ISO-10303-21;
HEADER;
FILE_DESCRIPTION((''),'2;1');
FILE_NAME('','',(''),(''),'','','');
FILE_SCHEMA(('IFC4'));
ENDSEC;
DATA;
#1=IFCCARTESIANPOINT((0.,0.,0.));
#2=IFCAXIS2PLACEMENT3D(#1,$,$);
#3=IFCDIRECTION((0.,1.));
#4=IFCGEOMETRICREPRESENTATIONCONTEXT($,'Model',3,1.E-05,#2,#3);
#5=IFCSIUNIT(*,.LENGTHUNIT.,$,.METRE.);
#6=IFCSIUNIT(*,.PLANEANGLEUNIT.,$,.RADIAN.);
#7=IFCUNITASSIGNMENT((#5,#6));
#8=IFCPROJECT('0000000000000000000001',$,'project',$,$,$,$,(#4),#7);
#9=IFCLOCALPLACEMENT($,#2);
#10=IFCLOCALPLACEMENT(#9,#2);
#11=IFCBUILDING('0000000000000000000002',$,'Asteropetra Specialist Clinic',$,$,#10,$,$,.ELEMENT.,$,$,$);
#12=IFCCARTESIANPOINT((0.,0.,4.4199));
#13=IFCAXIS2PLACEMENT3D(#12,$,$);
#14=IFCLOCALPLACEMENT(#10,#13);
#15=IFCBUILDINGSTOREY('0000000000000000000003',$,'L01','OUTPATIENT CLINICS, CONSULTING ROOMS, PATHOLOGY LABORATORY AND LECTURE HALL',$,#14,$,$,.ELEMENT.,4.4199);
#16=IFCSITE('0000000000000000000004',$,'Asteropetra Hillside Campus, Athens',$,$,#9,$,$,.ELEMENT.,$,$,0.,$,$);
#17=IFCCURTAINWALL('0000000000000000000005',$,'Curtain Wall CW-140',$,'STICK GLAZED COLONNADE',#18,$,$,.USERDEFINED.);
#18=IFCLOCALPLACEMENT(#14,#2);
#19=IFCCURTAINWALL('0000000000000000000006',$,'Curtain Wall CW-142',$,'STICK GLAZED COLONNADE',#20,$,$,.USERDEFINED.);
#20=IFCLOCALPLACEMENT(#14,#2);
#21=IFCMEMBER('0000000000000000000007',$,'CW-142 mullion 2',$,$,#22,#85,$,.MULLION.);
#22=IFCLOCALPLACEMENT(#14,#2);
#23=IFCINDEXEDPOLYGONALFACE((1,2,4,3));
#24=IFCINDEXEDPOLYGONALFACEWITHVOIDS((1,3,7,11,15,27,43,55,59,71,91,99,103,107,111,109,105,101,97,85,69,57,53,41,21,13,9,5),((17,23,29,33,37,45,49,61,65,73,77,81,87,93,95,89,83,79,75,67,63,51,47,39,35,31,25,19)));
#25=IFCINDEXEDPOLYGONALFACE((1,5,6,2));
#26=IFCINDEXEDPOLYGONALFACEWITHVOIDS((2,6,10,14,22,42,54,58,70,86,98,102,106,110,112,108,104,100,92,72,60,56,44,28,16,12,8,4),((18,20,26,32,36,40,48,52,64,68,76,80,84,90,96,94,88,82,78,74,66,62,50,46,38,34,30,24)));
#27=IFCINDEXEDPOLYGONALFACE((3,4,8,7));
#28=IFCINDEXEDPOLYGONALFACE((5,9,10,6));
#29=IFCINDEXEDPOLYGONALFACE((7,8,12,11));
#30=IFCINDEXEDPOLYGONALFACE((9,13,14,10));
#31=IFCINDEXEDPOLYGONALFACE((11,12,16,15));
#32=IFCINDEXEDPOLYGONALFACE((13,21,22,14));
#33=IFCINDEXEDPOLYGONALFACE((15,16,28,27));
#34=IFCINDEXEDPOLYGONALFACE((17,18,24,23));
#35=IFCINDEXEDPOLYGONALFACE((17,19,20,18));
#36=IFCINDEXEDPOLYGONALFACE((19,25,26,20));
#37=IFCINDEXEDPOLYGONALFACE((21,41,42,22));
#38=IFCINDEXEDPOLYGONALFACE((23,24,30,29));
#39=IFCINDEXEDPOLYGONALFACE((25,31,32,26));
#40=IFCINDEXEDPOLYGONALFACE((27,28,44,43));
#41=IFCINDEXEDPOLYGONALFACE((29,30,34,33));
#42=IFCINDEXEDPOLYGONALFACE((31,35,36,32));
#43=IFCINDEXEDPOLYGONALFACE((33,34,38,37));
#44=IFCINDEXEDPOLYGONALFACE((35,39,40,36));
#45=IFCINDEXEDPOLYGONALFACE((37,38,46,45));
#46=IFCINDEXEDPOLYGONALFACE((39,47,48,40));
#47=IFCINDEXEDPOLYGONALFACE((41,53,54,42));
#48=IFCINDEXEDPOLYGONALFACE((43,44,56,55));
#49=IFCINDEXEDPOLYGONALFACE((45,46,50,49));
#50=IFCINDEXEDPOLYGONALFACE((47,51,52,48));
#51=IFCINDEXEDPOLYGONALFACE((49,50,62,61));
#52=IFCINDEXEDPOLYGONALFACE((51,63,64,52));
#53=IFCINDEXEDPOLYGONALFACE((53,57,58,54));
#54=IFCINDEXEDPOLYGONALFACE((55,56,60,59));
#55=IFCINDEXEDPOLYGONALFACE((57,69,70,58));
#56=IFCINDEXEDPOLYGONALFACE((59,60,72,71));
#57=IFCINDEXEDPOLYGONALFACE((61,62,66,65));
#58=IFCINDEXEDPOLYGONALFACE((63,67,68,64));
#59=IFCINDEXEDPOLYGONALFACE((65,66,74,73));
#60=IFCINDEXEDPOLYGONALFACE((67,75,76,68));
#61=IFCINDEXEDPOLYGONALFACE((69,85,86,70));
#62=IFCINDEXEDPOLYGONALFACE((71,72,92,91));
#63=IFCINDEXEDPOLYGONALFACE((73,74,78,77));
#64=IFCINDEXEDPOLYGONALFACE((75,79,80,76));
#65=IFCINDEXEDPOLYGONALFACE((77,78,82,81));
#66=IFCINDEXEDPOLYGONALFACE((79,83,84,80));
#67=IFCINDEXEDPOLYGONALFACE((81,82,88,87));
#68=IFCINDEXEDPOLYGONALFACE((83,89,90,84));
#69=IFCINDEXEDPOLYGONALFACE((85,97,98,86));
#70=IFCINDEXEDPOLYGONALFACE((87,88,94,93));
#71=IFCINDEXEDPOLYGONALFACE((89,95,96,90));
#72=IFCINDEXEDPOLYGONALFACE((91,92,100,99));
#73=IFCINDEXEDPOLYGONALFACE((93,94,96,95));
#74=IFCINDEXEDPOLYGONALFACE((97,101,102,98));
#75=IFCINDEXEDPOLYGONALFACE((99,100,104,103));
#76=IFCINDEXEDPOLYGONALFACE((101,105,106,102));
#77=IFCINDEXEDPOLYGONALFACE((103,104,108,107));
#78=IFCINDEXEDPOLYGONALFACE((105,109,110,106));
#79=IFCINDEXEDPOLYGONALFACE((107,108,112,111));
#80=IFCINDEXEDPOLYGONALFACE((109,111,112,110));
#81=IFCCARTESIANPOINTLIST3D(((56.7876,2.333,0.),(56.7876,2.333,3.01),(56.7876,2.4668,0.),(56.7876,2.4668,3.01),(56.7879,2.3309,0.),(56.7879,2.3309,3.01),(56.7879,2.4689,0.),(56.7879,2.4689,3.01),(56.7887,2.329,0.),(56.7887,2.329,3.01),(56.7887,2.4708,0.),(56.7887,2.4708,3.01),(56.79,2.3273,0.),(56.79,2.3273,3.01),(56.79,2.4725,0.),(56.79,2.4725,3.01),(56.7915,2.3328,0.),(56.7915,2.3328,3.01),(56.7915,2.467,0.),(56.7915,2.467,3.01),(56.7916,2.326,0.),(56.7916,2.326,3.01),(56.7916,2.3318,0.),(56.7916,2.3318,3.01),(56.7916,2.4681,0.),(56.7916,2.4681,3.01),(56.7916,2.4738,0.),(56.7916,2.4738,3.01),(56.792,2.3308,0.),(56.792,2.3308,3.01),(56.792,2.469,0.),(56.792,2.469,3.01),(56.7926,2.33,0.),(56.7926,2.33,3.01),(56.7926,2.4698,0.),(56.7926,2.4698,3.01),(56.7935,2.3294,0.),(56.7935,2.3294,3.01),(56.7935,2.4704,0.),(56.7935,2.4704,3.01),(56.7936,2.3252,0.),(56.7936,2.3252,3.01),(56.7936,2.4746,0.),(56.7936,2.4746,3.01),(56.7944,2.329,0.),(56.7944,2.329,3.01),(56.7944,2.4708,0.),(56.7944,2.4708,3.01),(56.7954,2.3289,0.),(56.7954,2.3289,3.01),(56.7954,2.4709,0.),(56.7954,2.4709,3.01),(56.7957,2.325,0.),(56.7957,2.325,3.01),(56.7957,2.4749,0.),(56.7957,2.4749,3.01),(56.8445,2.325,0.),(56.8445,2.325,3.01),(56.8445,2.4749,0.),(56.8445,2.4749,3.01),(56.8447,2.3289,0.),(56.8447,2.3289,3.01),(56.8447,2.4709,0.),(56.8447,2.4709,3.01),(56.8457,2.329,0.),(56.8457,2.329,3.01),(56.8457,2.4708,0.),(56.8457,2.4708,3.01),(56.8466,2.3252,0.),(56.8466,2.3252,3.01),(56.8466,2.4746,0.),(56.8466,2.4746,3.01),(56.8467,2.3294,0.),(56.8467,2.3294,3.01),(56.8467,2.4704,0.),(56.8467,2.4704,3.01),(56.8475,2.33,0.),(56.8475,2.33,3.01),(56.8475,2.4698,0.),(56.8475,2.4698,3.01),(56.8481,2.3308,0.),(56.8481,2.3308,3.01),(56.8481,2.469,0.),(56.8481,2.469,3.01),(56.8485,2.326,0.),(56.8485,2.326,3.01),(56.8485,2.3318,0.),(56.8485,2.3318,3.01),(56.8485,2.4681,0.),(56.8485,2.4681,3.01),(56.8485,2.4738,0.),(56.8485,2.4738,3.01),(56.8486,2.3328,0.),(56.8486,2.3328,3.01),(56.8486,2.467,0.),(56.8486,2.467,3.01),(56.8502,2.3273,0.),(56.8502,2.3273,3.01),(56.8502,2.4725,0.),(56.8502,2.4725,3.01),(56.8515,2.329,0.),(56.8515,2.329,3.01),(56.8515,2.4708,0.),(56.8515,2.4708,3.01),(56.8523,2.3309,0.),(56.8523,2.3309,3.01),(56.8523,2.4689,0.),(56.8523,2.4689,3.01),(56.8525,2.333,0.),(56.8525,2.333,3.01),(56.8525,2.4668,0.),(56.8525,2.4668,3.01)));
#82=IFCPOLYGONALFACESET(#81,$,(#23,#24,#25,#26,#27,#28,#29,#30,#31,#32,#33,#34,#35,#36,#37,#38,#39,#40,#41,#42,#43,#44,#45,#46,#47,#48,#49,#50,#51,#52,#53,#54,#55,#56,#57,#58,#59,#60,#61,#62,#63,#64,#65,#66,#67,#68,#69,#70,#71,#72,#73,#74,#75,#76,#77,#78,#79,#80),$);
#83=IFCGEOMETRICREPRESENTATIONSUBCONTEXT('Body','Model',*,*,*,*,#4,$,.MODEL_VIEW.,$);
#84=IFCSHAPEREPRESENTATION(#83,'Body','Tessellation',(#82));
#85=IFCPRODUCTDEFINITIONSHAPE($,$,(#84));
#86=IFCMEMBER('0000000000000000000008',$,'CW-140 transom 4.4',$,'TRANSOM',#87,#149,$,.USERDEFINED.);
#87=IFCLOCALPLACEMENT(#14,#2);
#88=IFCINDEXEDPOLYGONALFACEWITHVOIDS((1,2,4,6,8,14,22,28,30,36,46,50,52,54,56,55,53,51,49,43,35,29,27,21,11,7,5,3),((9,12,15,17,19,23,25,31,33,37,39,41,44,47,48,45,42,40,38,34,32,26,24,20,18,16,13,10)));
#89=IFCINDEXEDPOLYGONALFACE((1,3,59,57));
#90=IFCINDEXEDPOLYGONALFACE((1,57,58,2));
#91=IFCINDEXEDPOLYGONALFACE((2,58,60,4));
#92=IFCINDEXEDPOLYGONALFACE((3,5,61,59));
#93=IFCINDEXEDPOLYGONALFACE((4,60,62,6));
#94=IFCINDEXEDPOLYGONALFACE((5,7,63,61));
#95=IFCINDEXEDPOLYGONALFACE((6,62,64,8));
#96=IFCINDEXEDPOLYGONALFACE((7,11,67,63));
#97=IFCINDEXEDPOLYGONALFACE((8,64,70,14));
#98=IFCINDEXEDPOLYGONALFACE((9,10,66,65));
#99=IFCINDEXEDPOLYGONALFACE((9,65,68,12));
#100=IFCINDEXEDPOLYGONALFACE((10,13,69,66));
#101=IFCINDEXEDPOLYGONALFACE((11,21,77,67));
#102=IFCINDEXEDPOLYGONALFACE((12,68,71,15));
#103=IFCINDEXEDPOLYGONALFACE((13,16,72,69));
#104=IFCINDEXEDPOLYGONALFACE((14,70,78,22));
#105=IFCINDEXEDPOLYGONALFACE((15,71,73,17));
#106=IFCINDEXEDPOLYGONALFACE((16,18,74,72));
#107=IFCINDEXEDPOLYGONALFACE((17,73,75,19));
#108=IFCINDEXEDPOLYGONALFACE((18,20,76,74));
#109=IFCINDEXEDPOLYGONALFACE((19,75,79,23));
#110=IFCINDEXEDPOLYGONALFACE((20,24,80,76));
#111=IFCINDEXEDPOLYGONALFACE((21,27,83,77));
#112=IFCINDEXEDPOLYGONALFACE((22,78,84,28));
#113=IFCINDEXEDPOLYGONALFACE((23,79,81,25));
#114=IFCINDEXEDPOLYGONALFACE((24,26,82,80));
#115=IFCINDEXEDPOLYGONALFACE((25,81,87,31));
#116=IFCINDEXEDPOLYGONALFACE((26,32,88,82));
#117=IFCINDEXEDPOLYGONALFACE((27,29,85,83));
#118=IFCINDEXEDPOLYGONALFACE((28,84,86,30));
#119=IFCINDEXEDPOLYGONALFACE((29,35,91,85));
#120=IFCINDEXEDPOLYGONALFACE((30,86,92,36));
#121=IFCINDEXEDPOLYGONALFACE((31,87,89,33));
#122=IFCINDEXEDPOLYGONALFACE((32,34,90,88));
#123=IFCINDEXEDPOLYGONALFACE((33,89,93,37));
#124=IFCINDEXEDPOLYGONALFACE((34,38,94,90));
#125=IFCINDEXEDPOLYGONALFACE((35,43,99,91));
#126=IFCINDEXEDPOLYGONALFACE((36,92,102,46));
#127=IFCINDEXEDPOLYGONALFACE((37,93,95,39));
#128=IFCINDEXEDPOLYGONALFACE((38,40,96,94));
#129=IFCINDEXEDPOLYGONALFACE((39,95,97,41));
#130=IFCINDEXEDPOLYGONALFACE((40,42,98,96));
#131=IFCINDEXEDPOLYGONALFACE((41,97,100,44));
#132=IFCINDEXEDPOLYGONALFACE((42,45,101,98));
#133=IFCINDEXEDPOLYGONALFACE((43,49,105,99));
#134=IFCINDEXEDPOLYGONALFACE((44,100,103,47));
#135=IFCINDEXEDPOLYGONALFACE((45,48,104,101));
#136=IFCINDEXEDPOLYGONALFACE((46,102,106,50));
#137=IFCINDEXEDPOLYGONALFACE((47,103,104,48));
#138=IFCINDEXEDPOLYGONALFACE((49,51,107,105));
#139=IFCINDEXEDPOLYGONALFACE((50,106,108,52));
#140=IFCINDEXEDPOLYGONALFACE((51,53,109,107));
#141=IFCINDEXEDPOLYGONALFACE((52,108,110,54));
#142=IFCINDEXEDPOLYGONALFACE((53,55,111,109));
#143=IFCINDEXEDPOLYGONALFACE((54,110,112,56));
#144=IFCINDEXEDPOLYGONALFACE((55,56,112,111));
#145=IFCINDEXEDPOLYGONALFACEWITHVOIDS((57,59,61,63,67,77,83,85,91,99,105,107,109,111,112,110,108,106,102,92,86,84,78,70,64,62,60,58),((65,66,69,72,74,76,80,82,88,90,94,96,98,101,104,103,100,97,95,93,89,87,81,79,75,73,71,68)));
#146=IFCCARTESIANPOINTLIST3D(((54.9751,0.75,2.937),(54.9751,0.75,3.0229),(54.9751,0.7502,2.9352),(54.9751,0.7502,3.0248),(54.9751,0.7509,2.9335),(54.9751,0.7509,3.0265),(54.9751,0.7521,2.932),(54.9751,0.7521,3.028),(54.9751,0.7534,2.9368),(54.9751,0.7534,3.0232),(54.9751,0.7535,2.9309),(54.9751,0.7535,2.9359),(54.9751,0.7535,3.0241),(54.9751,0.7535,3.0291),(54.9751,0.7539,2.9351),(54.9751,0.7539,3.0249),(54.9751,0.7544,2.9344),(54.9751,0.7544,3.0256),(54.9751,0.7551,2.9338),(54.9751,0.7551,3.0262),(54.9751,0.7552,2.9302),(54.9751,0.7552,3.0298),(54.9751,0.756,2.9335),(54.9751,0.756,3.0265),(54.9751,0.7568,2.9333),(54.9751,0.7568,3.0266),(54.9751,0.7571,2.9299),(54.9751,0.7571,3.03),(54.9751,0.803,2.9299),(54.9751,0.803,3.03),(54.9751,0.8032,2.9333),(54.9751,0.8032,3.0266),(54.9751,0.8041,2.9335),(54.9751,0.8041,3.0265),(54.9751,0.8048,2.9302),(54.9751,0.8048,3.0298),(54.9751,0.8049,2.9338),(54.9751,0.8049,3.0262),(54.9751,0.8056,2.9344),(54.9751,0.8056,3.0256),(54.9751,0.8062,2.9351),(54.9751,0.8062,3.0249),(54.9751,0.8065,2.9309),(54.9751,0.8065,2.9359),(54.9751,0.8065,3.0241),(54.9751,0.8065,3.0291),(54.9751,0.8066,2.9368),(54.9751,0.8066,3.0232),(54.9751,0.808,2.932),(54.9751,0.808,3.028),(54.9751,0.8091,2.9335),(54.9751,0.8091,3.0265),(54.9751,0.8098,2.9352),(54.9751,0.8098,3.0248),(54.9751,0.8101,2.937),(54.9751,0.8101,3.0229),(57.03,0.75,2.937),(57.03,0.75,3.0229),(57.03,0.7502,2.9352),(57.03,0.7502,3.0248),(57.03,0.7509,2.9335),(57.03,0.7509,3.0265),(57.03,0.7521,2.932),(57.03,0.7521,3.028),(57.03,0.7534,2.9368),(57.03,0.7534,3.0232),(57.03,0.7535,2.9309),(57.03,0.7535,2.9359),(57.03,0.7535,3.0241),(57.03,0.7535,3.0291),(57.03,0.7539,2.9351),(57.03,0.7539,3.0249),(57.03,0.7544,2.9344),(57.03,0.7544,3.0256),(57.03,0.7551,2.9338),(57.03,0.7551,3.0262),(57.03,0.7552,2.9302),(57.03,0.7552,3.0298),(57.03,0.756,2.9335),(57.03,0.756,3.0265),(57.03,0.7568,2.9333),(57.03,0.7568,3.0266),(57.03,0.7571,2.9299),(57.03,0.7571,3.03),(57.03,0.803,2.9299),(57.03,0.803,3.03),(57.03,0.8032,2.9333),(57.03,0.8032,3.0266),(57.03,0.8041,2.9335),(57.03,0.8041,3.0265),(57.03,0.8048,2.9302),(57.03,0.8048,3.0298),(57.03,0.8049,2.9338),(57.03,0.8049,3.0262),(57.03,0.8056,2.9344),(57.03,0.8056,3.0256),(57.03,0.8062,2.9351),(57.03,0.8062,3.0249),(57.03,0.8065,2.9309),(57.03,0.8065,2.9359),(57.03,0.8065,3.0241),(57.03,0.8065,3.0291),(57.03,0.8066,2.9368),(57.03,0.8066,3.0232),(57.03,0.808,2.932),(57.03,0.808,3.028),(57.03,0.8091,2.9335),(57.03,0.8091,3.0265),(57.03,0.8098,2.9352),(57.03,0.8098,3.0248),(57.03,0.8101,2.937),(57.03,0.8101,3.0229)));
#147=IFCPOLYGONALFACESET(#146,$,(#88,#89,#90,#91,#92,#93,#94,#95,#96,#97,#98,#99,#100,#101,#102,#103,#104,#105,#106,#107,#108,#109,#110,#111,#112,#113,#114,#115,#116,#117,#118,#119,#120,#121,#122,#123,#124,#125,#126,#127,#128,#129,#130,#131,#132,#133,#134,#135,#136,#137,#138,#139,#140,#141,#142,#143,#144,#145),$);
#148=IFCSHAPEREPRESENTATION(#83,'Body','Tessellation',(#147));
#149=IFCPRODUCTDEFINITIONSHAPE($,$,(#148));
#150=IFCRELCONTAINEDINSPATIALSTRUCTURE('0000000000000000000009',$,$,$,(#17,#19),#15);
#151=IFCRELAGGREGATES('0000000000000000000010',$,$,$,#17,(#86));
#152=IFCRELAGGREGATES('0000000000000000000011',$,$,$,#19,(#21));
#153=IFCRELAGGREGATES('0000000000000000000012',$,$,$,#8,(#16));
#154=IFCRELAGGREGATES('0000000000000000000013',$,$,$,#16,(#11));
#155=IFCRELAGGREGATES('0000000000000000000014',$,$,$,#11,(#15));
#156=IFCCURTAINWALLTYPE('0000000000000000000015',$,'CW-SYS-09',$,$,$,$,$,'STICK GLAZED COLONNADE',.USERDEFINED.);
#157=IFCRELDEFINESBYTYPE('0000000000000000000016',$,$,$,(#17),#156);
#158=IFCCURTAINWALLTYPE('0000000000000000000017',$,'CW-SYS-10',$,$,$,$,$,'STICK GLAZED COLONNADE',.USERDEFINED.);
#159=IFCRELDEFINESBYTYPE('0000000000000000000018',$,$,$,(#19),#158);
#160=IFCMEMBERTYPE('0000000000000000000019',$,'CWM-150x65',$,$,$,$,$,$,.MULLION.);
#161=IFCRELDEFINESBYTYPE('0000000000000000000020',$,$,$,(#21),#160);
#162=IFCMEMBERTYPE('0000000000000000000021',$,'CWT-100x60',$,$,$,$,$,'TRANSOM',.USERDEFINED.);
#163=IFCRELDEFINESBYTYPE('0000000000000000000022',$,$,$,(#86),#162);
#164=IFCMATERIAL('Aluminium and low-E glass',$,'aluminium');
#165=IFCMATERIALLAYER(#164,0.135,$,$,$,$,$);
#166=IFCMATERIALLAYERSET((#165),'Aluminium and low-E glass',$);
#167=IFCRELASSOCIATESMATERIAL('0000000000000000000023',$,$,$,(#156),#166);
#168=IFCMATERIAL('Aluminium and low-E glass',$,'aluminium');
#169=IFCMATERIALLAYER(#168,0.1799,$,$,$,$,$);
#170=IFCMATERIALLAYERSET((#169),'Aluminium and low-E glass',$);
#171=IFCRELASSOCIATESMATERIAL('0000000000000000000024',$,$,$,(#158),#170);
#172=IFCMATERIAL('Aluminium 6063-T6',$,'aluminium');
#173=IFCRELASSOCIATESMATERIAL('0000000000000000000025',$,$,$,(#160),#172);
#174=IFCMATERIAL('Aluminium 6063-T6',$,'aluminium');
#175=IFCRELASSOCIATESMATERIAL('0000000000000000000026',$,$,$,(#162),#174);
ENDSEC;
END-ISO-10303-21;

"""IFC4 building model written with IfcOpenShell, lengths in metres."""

from ifc_helpers import new_model, si_unit, direction, frame, origin, origin_2d, place, context, subcontext, project, spatial, hollow_rectangle, extrude, material, layer, layer_set, material_profile, profile_set, type_object, element, aggregate, save


model = new_model("IFC4")

# Units and contexts
model_context = context("Model", 3, precision=1e-05, world=origin(), true_north=direction((0.0, 1.0)))
body_context = subcontext(model_context, "Body", "Model", "MODEL_VIEW")
ifc_project = project(units=[si_unit("LENGTHUNIT", "METRE"), si_unit("PLANEANGLEUNIT", "RADIAN")], contexts=[model_context])

# Site, building, storey
site_placement = place(None, origin())
site = spatial("IfcSite", under=ifc_project, at=site_placement, Name="Asteropetra Hillside Campus, Athens", CompositionType="ELEMENT", RefElevation=0.0)
building_placement = place(site_placement, origin())
building = spatial("IfcBuilding", under=site, at=building_placement, Name="Asteropetra Specialist Clinic", CompositionType="ELEMENT")
storey_placement = place(building_placement, frame((0.0, 0.0, 4.4199)))
storey = spatial("IfcBuildingStorey", under=building, at=storey_placement, Name="L01", Description="OUTPATIENT CLINICS, CONSULTING ROOMS, PATHOLOGY LABORATORY AND LECTURE HALL", CompositionType="ELEMENT", Elevation=4.4199)

# Curtain wall
ifc_material_1 = material(Name="Aluminium and low-E glass", Category="aluminium")
ifc_layer_1 = layer(ifc_material_1, 0.135)
ifc_layer_set_1 = layer_set([ifc_layer_1], Name="Aluminium and low-E glass")
curtain_wall_type_1 = type_object("IfcCurtainWallType", Name="CW-SYS-09", ElementType="STICK GLAZED COLONNADE", PredefinedType="USERDEFINED", material=ifc_layer_set_1)
curtain_wall_1_placement = place(storey_placement, origin())
curtain_wall_1 = element("IfcCurtainWall", 1, at=curtain_wall_1_placement, inside=storey, type_object=curtain_wall_type_1, Name="Curtain Wall CW-140", ObjectType="STICK GLAZED COLONNADE", PredefinedType="USERDEFINED")

# Curtain wall, member
ifc_material_2 = material(Name="Aluminium and low-E glass", Category="aluminium")
ifc_layer_2 = layer(ifc_material_2, 0.1799)
ifc_layer_set_2 = layer_set([ifc_layer_2], Name="Aluminium and low-E glass")
curtain_wall_type_2 = type_object("IfcCurtainWallType", Name="CW-SYS-10", ElementType="STICK GLAZED COLONNADE", PredefinedType="USERDEFINED", material=ifc_layer_set_2)
curtain_wall_2_placement = place(storey_placement, origin())
curtain_wall_2 = element("IfcCurtainWall", 2, at=curtain_wall_2_placement, inside=storey, type_object=curtain_wall_type_2, Name="Curtain Wall CW-142", ObjectType="STICK GLAZED COLONNADE", PredefinedType="USERDEFINED")
ifc_material_3 = material(Name="Aluminium 6063-T6", Category="aluminium")
ifc_material_profile_1 = material_profile(ifc_material_3, hollow_rectangle(XDim=0.0649, YDim=0.1499, WallThickness=0.0039, InnerFilletRadius=0.0039, OuterFilletRadius=0.0081, at=origin_2d()), Name="MUL 150x65x4.0")
ifc_profile_set_1 = profile_set([ifc_material_profile_1], Name="Aluminium 6063-T6")
member_type_1 = type_object("IfcMemberType", Name="CWM-150x65", PredefinedType="MULLION", material=ifc_profile_set_1)
member_1_placement = place(storey_placement, frame((56.8201, 2.3999, 0.0), z_axis=(0.0, 0.0, 1.0), x_axis=(-1.0, 0.0, 0.0)))
member_1 = element("IfcMember", 3, at=member_1_placement, type_object=member_type_1, Name="CW-142 mullion 2", PredefinedType="MULLION", context=body_context, shape_type="SweptSolid", body=[
    extrude(hollow_rectangle(XDim=0.0649, YDim=0.1499, WallThickness=0.0039, InnerFilletRadius=0.0039, OuterFilletRadius=0.0081, at=origin_2d()), origin(), (0.0, 0.0, 1.0), 3.01),
])

# Member
ifc_material_4 = material(Name="Aluminium 6063-T6", Category="aluminium")
ifc_material_profile_2 = material_profile(ifc_material_4, hollow_rectangle(XDim=0.0601, YDim=0.1001, WallThickness=0.0034, InnerFilletRadius=0.0034, OuterFilletRadius=0.0071, at=origin_2d()), Name="TRN 100x60x3.5")
ifc_profile_set_2 = profile_set([ifc_material_profile_2], Name="Aluminium 6063-T6")
member_type_2 = type_object("IfcMemberType", Name="CWT-100x60", ElementType="TRANSOM", PredefinedType="USERDEFINED", material=ifc_profile_set_2)
member_2_placement = place(storey_placement, frame((54.9751, 0.78, 2.98), z_axis=(1.0, 0.0, 0.0), x_axis=(0.0, 1.0, 0.0)))
member_2 = element("IfcMember", 4, at=member_2_placement, type_object=member_type_2, Name="CW-140 transom 4.4", ObjectType="TRANSOM", PredefinedType="USERDEFINED", context=body_context, shape_type="SweptSolid", body=[
    extrude(hollow_rectangle(XDim=0.0601, YDim=0.1001, WallThickness=0.0034, InnerFilletRadius=0.0034, OuterFilletRadius=0.0071, at=origin_2d()), origin(), (0.0, 0.0, 1.0), 2.0549),
])

aggregate(curtain_wall_1, [member_2])
aggregate(curtain_wall_2, [member_1])

save(model, "model.ifc")
